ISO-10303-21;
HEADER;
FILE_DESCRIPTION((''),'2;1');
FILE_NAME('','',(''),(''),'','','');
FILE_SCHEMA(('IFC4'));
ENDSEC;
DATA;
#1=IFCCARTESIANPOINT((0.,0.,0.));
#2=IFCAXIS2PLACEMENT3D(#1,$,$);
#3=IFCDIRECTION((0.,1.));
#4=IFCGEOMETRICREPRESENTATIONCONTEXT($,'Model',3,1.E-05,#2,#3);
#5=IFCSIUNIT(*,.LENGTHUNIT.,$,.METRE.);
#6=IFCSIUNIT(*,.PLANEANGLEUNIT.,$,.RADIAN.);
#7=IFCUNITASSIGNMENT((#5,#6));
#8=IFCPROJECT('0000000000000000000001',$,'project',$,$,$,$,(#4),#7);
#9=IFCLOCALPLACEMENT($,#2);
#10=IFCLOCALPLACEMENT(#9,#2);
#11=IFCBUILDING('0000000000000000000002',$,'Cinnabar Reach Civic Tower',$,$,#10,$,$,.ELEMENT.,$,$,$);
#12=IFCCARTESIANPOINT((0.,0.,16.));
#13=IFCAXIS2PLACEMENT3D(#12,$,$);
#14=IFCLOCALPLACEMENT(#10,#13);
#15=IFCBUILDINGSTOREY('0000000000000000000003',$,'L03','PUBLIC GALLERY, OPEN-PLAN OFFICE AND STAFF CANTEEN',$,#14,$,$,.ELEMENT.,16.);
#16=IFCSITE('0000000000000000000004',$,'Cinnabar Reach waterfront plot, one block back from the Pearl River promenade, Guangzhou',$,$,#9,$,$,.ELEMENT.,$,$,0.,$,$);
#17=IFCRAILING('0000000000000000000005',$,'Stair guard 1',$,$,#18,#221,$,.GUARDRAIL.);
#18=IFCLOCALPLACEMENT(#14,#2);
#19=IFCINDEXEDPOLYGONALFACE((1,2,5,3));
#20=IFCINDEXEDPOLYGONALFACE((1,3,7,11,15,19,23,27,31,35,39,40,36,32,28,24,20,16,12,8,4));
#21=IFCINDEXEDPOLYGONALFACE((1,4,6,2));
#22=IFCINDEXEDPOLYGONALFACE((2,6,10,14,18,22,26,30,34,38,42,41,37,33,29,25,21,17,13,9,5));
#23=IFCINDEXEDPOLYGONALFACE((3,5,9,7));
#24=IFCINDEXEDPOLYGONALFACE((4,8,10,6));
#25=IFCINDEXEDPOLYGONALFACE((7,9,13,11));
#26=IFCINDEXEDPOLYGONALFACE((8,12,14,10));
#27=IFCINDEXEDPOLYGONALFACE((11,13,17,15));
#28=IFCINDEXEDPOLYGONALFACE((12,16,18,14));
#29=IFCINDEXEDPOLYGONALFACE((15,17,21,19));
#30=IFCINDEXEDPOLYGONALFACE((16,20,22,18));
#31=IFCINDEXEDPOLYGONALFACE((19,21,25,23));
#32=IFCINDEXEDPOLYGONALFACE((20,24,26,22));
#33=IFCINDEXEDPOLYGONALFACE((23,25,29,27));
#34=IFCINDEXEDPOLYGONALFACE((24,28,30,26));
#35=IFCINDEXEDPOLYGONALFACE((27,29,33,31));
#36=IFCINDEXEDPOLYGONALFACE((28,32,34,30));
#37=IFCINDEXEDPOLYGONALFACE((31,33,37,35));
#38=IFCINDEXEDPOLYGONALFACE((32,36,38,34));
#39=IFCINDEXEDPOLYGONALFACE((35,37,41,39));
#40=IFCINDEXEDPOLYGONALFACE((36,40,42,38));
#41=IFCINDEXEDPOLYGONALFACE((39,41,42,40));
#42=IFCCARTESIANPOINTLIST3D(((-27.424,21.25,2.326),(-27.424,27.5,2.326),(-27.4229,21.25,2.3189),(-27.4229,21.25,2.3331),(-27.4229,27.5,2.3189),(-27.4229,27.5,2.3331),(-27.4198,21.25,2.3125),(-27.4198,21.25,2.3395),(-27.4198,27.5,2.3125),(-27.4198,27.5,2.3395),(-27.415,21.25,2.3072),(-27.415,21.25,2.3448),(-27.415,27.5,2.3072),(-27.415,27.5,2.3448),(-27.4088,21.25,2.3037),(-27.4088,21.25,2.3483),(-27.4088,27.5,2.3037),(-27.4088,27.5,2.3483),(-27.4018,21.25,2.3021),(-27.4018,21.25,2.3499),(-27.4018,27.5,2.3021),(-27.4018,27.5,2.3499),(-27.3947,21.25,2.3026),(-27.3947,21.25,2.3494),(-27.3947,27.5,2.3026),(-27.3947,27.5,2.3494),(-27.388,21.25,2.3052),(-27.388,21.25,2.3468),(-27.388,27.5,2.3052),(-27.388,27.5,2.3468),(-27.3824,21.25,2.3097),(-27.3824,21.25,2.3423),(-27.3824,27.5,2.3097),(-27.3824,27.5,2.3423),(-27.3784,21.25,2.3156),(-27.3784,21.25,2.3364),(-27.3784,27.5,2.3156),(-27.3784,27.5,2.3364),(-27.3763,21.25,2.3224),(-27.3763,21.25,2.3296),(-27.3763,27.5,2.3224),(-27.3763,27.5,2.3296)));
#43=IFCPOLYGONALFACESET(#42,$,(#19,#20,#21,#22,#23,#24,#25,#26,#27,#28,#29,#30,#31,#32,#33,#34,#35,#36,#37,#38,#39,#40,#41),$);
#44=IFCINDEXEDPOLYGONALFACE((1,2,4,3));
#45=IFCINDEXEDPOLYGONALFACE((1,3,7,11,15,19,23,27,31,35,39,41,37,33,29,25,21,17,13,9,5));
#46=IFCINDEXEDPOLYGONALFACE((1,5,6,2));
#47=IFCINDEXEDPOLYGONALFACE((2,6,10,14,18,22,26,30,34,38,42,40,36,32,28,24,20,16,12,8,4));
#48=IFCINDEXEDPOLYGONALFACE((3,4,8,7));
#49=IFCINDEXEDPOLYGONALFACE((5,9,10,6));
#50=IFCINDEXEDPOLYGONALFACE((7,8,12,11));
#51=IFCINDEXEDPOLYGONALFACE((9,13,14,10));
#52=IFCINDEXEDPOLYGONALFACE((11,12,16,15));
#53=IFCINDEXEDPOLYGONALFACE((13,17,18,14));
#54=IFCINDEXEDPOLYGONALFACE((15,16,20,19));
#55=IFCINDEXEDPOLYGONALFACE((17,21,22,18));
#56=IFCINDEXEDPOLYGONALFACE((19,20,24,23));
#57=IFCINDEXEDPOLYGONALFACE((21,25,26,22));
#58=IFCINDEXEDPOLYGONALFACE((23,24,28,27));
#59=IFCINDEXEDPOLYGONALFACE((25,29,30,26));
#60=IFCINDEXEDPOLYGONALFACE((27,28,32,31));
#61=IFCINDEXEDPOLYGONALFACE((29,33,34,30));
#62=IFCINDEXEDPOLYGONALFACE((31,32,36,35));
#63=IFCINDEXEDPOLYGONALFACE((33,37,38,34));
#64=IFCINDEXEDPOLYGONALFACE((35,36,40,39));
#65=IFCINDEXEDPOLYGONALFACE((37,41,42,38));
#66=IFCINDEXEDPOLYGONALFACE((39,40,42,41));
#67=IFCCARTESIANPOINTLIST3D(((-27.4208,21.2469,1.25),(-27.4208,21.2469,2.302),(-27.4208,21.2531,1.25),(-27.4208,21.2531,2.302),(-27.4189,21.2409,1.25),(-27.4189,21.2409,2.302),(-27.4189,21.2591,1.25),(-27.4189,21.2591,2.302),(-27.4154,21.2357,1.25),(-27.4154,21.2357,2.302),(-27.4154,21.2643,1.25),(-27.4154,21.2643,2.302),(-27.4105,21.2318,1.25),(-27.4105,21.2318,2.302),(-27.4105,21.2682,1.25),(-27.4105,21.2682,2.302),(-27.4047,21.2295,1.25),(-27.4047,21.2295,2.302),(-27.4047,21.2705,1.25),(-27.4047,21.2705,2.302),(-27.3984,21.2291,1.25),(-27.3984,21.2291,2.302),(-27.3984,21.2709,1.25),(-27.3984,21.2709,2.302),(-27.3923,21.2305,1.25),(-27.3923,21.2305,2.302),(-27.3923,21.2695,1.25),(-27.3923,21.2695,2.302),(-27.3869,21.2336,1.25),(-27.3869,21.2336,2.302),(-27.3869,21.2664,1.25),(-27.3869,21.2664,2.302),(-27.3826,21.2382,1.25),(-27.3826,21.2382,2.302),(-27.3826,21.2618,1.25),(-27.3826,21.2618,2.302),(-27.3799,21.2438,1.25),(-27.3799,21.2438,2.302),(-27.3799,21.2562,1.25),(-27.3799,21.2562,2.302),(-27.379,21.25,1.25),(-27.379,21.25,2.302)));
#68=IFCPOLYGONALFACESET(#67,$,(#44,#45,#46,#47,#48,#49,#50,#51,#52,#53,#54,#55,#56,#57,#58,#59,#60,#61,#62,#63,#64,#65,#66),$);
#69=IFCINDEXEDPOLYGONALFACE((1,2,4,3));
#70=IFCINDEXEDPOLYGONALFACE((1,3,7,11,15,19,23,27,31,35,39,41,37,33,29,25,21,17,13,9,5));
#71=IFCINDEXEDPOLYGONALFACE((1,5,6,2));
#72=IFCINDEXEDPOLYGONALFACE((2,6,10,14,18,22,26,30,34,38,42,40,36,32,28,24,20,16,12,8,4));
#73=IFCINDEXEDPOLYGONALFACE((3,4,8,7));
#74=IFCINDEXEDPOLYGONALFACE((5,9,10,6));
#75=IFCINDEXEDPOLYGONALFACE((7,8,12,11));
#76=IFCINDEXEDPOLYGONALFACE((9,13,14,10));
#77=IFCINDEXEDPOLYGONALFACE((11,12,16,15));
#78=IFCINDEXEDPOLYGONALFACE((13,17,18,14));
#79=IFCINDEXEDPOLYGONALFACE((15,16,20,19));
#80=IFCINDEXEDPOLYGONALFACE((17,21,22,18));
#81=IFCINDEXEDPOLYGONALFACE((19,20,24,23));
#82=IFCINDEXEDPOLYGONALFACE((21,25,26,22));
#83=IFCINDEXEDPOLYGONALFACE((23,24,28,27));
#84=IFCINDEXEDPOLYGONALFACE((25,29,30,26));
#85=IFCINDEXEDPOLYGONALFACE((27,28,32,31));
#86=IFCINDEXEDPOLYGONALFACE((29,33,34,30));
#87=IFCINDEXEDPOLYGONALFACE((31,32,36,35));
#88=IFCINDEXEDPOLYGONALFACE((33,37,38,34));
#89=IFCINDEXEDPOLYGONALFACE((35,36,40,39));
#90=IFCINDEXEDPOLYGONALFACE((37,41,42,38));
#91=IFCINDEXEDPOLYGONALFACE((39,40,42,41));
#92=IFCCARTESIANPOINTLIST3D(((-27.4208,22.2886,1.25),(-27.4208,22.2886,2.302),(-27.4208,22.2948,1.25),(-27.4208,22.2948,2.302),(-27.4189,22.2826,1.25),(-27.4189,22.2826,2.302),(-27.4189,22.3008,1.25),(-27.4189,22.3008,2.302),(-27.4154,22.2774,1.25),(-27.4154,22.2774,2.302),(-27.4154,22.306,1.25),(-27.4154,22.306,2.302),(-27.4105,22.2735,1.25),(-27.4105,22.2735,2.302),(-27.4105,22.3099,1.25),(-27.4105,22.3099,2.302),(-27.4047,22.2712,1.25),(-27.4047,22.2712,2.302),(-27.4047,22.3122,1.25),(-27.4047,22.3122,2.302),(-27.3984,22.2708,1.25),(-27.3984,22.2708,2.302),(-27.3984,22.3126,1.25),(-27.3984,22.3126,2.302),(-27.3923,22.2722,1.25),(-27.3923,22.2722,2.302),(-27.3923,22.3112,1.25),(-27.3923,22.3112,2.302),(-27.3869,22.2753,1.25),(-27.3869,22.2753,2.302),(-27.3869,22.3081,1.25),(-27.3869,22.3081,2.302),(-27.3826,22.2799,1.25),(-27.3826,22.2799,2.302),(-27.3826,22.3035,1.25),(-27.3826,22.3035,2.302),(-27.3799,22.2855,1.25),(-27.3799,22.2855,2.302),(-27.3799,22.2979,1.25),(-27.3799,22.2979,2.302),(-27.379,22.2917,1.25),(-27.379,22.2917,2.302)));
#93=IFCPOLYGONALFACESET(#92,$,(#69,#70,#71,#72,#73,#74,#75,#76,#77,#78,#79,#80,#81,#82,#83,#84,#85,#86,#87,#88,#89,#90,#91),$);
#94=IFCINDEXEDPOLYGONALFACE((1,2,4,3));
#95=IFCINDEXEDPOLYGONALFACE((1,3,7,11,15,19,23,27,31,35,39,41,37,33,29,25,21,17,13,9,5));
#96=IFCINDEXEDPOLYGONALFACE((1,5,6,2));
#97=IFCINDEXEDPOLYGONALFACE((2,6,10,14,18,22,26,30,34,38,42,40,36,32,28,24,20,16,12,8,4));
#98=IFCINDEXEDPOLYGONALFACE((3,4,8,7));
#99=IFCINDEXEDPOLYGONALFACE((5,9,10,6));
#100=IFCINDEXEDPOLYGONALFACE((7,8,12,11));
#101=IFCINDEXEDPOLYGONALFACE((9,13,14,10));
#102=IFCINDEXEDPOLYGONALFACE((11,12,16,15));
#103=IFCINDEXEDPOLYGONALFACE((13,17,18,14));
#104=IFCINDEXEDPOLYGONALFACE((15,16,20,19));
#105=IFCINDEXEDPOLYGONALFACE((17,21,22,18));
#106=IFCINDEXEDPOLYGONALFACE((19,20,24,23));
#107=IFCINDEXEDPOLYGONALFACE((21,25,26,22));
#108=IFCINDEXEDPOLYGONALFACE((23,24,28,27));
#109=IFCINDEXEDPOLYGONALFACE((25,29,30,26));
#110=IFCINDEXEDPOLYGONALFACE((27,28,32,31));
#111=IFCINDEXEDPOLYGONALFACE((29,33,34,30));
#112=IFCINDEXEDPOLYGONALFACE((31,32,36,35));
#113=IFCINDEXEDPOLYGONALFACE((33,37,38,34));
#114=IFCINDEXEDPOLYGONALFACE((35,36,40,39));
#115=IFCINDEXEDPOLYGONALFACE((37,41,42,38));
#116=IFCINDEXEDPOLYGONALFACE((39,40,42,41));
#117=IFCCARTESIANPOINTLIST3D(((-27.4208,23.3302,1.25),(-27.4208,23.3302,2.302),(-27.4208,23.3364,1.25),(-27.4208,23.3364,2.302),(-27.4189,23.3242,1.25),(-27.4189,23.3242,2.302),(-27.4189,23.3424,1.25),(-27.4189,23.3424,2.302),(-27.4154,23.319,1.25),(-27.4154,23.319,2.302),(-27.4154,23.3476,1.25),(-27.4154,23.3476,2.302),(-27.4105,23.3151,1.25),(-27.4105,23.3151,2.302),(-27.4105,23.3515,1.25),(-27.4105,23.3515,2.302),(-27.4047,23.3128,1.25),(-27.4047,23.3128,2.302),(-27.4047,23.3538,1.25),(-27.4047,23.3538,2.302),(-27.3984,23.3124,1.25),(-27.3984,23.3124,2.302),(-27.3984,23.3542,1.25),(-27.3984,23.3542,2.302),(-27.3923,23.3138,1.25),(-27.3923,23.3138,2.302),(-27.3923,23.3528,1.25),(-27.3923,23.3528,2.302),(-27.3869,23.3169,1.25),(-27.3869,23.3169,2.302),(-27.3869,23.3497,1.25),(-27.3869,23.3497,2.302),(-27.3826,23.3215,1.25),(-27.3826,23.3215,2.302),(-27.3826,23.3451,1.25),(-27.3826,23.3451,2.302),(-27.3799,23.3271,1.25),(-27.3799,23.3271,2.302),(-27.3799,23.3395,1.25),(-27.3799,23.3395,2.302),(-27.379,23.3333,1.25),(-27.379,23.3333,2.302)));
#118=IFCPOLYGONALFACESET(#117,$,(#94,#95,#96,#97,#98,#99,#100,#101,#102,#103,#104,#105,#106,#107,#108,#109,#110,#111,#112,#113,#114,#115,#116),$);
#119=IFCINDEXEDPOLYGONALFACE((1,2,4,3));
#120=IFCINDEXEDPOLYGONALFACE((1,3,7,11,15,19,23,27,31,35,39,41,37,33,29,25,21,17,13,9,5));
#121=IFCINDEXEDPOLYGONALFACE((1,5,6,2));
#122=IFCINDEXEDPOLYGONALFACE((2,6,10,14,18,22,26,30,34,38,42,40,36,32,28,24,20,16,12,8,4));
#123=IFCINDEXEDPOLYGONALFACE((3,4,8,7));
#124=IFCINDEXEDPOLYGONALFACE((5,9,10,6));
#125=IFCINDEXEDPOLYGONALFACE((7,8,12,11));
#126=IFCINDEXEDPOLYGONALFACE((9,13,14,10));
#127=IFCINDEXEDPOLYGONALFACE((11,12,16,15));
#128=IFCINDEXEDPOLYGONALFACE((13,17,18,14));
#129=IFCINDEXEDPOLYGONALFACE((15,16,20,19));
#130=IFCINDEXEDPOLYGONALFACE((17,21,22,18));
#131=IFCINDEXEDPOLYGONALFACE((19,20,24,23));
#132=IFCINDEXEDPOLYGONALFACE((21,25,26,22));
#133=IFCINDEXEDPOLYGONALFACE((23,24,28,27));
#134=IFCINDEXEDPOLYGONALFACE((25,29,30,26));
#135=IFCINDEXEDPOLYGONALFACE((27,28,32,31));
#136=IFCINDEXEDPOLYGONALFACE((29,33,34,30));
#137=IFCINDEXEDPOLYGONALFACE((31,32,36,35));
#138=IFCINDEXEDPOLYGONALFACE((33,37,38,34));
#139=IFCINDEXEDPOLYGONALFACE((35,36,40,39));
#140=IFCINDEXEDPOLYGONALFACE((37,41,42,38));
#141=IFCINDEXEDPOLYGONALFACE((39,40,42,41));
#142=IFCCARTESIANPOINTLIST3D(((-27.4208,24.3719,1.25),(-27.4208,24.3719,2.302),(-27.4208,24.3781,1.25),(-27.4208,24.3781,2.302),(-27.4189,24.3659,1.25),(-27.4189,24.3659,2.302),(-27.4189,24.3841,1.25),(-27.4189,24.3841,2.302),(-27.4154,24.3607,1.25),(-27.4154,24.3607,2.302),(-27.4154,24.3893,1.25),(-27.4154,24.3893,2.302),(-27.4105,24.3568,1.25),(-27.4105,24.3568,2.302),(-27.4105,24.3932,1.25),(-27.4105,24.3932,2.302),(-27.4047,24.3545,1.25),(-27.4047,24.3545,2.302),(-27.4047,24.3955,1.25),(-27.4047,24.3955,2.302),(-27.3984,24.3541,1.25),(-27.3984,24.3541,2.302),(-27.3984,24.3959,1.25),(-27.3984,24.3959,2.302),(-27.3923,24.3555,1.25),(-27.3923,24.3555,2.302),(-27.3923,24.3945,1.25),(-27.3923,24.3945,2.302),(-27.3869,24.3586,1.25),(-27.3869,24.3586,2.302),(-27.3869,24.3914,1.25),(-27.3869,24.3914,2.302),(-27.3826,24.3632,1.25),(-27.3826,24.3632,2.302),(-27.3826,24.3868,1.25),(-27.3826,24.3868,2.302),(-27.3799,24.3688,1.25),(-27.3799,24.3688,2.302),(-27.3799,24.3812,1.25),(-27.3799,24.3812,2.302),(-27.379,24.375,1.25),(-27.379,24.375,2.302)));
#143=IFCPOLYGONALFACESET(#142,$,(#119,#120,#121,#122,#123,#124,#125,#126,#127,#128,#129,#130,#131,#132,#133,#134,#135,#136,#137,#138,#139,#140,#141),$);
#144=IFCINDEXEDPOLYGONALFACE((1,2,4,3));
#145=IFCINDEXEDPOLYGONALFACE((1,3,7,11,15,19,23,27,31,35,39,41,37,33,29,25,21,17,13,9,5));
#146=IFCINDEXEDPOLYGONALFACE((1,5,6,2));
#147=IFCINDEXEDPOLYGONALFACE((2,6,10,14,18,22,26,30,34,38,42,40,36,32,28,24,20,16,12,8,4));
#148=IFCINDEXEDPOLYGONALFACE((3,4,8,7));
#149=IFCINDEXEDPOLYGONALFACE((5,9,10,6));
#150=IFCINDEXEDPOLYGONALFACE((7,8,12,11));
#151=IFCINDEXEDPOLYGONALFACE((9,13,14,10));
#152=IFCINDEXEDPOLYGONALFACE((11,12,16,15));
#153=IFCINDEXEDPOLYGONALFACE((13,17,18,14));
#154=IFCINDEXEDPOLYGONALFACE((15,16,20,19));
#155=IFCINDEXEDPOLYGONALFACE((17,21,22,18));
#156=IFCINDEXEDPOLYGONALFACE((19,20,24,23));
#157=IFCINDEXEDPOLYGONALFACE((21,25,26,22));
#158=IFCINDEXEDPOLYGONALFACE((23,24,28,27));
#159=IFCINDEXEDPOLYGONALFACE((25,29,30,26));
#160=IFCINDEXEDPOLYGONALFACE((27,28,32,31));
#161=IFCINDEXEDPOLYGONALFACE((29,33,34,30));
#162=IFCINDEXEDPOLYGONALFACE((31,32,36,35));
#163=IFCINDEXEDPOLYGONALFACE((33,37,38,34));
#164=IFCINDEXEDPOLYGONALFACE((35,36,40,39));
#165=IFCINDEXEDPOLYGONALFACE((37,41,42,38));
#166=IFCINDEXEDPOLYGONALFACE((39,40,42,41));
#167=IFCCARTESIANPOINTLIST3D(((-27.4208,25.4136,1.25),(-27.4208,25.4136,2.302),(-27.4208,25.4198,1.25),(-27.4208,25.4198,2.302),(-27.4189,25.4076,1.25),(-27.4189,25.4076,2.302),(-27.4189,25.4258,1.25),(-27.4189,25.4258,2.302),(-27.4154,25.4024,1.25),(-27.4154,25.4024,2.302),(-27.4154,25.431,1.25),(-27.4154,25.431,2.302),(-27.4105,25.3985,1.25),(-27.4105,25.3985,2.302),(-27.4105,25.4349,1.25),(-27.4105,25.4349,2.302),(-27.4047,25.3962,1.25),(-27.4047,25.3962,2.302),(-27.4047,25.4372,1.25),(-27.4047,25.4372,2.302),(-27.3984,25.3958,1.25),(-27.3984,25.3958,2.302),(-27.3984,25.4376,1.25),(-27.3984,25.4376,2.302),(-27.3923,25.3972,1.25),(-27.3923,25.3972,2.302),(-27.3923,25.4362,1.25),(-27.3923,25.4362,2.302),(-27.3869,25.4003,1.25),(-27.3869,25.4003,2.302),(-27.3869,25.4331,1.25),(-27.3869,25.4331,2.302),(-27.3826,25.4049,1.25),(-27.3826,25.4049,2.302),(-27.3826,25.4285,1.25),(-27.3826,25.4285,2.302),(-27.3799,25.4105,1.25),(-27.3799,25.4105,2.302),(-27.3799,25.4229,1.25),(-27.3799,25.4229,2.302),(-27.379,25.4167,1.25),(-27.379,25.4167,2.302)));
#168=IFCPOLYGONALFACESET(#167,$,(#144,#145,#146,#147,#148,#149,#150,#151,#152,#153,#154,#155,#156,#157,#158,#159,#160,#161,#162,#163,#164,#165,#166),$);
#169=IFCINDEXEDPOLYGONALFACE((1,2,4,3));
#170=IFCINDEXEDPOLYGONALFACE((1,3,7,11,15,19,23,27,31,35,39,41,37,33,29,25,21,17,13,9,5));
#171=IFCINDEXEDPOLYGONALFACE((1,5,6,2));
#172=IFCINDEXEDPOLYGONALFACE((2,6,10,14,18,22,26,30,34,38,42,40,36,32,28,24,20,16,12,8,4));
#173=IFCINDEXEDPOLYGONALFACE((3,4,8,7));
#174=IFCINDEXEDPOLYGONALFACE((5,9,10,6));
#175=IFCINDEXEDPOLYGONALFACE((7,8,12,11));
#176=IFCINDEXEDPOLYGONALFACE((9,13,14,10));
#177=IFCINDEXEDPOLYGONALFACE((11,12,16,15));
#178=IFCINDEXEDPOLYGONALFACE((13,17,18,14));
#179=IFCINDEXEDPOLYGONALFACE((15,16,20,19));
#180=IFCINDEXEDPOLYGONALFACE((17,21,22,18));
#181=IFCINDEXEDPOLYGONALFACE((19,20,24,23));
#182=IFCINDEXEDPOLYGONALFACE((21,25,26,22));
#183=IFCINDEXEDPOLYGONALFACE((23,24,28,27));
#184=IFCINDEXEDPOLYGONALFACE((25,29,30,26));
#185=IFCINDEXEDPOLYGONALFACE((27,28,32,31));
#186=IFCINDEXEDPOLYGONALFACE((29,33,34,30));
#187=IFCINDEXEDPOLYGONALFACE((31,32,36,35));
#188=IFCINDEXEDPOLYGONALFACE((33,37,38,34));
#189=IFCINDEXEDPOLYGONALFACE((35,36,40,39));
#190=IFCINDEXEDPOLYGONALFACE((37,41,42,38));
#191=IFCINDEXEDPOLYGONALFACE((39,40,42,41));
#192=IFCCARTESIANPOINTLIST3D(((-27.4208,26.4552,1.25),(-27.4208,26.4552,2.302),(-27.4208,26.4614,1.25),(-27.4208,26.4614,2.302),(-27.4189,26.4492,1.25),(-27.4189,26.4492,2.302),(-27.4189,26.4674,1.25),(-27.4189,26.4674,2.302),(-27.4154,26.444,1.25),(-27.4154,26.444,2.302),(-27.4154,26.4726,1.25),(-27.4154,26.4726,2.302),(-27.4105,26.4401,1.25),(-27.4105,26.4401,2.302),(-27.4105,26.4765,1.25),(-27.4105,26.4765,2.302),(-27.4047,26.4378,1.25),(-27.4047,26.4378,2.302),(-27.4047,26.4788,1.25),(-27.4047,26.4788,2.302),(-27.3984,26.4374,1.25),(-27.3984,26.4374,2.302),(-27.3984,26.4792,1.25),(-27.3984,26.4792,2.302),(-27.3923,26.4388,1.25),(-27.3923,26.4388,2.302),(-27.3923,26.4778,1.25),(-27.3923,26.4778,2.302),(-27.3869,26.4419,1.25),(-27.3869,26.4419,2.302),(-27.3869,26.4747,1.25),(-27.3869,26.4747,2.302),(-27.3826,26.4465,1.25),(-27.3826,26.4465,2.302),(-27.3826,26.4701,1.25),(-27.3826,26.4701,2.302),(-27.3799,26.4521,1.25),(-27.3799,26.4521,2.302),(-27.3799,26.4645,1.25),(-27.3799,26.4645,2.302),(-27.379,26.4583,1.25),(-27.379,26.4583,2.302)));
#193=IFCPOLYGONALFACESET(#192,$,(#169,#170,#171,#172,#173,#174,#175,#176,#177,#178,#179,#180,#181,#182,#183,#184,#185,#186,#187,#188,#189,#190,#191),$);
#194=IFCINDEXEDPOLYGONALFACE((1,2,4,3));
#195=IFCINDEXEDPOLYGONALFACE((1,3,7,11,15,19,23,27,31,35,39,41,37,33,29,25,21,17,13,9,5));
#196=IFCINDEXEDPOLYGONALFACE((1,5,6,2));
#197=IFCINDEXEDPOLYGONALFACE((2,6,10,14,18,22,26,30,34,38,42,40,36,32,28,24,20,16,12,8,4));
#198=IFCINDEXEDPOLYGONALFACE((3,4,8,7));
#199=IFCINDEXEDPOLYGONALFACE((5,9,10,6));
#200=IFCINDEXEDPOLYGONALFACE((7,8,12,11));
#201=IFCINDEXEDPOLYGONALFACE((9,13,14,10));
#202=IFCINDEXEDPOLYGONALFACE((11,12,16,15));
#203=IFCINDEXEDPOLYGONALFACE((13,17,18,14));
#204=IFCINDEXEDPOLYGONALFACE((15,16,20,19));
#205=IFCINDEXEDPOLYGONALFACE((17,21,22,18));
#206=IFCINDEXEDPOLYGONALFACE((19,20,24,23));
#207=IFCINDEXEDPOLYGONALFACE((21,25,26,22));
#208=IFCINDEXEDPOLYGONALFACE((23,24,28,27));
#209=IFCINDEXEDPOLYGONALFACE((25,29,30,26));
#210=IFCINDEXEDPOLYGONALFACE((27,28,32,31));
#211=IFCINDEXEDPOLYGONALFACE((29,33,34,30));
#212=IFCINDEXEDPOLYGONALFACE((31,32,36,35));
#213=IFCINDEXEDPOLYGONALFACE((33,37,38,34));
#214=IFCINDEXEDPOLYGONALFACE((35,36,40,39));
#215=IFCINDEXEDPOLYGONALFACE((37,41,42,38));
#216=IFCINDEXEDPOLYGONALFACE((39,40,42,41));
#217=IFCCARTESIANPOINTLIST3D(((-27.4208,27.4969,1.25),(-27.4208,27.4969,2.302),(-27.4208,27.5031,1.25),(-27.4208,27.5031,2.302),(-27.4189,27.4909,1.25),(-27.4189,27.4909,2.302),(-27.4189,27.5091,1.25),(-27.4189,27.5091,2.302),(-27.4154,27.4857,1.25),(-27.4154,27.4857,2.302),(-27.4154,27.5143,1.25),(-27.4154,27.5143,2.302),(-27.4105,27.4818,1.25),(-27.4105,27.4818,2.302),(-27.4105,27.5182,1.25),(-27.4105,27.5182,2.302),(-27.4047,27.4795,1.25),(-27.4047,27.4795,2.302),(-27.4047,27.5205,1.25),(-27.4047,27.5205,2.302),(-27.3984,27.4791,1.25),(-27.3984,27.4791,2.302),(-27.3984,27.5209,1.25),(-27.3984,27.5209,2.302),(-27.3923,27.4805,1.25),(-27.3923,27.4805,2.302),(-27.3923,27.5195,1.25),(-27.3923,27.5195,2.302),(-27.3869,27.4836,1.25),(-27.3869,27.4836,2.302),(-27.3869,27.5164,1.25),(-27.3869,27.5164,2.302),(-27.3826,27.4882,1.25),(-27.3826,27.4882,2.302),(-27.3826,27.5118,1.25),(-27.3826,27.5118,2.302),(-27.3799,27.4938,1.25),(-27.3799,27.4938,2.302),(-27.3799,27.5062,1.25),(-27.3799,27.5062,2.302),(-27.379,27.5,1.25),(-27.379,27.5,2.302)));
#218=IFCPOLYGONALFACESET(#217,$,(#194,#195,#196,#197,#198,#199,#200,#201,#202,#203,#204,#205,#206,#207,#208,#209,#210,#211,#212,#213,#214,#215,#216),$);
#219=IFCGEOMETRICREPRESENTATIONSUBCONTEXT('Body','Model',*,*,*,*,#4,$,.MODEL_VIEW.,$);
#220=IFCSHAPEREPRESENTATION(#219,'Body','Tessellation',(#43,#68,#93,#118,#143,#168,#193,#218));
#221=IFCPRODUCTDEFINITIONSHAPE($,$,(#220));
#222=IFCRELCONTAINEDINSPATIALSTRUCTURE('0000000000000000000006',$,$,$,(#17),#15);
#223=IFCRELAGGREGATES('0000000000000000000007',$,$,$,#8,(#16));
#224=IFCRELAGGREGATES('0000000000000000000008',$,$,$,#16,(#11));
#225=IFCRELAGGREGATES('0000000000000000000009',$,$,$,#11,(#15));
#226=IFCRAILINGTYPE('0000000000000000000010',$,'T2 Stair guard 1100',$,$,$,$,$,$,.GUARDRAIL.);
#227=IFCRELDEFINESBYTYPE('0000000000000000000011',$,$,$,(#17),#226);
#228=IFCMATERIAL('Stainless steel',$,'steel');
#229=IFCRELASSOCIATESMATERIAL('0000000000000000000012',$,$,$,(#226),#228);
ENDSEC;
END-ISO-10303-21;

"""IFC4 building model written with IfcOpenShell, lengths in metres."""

from ifc_helpers import new_model, si_unit, direction, frame, origin, origin_2d, place, context, subcontext, project, spatial, circle, extrude, material, type_object, element, save


model = new_model("IFC4")

# Units and contexts
model_context = context("Model", 3, precision=1e-05, world=origin(), true_north=direction((0.0, 1.0)))
body_context = subcontext(model_context, "Body", "Model", "MODEL_VIEW")
ifc_project = project(units=[si_unit("LENGTHUNIT", "METRE"), si_unit("PLANEANGLEUNIT", "RADIAN")], contexts=[model_context])

# Site, building, storey
site_placement = place(None, origin())
site = spatial("IfcSite", under=ifc_project, at=site_placement, Name="Cinnabar Reach waterfront plot, one block back from the Pearl River promenade, Guangzhou", CompositionType="ELEMENT", RefElevation=0.0)
building_placement = place(site_placement, origin())
building = spatial("IfcBuilding", under=site, at=building_placement, Name="Cinnabar Reach Civic Tower", CompositionType="ELEMENT")
storey_placement = place(building_placement, frame((0.0, 0.0, 16.0)))
storey = spatial("IfcBuildingStorey", under=building, at=storey_placement, Name="L03", Description="PUBLIC GALLERY, OPEN-PLAN OFFICE AND STAFF CANTEEN", CompositionType="ELEMENT", Elevation=16.0)

# Railing
ifc_material_1 = material(Name="Stainless steel", Category="steel")
railing_type = type_object("IfcRailingType", Name="T2 Stair guard 1100", PredefinedType="GUARDRAIL", material=ifc_material_1)
for number, where, name in (
    (1, (-27.4, 21.25, 1.25), "Stair guard 1"),
):
    element("IfcRailing", number, at=place(storey_placement, frame(where)), inside=storey, type_object=railing_type, Name=name, PredefinedType="GUARDRAIL", context=body_context, shape_type="SweptSolid", body=[
        extrude(circle(Radius=0.024, at=origin_2d()), frame((0.0, 0.0, 1.076), z_axis=(0.0, 1.0, 0.0), x_axis=(-1.0, 0.0, 0.0)), (0.0, 0.0, 1.0), 6.25),
        extrude(circle(Radius=0.021, at=origin_2d()), origin(), (0.0, 0.0, 1.0), 1.052),
        extrude(circle(Radius=0.021, at=origin_2d()), frame((0.0, 1.0417, 0.0)), (0.0, 0.0, 1.0), 1.052),
        extrude(circle(Radius=0.021, at=origin_2d()), frame((0.0, 2.0833, 0.0)), (0.0, 0.0, 1.0), 1.052),
        extrude(circle(Radius=0.021, at=origin_2d()), frame((0.0, 3.125, 0.0)), (0.0, 0.0, 1.0), 1.052),
        extrude(circle(Radius=0.021, at=origin_2d()), frame((0.0, 4.1667, 0.0)), (0.0, 0.0, 1.0), 1.052),
        extrude(circle(Radius=0.021, at=origin_2d()), frame((0.0, 5.2083, 0.0)), (0.0, 0.0, 1.0), 1.052),
        extrude(circle(Radius=0.021, at=origin_2d()), frame((0.0, 6.25, 0.0)), (0.0, 0.0, 1.0), 1.052),
    ])

save(model, "model.ifc")
